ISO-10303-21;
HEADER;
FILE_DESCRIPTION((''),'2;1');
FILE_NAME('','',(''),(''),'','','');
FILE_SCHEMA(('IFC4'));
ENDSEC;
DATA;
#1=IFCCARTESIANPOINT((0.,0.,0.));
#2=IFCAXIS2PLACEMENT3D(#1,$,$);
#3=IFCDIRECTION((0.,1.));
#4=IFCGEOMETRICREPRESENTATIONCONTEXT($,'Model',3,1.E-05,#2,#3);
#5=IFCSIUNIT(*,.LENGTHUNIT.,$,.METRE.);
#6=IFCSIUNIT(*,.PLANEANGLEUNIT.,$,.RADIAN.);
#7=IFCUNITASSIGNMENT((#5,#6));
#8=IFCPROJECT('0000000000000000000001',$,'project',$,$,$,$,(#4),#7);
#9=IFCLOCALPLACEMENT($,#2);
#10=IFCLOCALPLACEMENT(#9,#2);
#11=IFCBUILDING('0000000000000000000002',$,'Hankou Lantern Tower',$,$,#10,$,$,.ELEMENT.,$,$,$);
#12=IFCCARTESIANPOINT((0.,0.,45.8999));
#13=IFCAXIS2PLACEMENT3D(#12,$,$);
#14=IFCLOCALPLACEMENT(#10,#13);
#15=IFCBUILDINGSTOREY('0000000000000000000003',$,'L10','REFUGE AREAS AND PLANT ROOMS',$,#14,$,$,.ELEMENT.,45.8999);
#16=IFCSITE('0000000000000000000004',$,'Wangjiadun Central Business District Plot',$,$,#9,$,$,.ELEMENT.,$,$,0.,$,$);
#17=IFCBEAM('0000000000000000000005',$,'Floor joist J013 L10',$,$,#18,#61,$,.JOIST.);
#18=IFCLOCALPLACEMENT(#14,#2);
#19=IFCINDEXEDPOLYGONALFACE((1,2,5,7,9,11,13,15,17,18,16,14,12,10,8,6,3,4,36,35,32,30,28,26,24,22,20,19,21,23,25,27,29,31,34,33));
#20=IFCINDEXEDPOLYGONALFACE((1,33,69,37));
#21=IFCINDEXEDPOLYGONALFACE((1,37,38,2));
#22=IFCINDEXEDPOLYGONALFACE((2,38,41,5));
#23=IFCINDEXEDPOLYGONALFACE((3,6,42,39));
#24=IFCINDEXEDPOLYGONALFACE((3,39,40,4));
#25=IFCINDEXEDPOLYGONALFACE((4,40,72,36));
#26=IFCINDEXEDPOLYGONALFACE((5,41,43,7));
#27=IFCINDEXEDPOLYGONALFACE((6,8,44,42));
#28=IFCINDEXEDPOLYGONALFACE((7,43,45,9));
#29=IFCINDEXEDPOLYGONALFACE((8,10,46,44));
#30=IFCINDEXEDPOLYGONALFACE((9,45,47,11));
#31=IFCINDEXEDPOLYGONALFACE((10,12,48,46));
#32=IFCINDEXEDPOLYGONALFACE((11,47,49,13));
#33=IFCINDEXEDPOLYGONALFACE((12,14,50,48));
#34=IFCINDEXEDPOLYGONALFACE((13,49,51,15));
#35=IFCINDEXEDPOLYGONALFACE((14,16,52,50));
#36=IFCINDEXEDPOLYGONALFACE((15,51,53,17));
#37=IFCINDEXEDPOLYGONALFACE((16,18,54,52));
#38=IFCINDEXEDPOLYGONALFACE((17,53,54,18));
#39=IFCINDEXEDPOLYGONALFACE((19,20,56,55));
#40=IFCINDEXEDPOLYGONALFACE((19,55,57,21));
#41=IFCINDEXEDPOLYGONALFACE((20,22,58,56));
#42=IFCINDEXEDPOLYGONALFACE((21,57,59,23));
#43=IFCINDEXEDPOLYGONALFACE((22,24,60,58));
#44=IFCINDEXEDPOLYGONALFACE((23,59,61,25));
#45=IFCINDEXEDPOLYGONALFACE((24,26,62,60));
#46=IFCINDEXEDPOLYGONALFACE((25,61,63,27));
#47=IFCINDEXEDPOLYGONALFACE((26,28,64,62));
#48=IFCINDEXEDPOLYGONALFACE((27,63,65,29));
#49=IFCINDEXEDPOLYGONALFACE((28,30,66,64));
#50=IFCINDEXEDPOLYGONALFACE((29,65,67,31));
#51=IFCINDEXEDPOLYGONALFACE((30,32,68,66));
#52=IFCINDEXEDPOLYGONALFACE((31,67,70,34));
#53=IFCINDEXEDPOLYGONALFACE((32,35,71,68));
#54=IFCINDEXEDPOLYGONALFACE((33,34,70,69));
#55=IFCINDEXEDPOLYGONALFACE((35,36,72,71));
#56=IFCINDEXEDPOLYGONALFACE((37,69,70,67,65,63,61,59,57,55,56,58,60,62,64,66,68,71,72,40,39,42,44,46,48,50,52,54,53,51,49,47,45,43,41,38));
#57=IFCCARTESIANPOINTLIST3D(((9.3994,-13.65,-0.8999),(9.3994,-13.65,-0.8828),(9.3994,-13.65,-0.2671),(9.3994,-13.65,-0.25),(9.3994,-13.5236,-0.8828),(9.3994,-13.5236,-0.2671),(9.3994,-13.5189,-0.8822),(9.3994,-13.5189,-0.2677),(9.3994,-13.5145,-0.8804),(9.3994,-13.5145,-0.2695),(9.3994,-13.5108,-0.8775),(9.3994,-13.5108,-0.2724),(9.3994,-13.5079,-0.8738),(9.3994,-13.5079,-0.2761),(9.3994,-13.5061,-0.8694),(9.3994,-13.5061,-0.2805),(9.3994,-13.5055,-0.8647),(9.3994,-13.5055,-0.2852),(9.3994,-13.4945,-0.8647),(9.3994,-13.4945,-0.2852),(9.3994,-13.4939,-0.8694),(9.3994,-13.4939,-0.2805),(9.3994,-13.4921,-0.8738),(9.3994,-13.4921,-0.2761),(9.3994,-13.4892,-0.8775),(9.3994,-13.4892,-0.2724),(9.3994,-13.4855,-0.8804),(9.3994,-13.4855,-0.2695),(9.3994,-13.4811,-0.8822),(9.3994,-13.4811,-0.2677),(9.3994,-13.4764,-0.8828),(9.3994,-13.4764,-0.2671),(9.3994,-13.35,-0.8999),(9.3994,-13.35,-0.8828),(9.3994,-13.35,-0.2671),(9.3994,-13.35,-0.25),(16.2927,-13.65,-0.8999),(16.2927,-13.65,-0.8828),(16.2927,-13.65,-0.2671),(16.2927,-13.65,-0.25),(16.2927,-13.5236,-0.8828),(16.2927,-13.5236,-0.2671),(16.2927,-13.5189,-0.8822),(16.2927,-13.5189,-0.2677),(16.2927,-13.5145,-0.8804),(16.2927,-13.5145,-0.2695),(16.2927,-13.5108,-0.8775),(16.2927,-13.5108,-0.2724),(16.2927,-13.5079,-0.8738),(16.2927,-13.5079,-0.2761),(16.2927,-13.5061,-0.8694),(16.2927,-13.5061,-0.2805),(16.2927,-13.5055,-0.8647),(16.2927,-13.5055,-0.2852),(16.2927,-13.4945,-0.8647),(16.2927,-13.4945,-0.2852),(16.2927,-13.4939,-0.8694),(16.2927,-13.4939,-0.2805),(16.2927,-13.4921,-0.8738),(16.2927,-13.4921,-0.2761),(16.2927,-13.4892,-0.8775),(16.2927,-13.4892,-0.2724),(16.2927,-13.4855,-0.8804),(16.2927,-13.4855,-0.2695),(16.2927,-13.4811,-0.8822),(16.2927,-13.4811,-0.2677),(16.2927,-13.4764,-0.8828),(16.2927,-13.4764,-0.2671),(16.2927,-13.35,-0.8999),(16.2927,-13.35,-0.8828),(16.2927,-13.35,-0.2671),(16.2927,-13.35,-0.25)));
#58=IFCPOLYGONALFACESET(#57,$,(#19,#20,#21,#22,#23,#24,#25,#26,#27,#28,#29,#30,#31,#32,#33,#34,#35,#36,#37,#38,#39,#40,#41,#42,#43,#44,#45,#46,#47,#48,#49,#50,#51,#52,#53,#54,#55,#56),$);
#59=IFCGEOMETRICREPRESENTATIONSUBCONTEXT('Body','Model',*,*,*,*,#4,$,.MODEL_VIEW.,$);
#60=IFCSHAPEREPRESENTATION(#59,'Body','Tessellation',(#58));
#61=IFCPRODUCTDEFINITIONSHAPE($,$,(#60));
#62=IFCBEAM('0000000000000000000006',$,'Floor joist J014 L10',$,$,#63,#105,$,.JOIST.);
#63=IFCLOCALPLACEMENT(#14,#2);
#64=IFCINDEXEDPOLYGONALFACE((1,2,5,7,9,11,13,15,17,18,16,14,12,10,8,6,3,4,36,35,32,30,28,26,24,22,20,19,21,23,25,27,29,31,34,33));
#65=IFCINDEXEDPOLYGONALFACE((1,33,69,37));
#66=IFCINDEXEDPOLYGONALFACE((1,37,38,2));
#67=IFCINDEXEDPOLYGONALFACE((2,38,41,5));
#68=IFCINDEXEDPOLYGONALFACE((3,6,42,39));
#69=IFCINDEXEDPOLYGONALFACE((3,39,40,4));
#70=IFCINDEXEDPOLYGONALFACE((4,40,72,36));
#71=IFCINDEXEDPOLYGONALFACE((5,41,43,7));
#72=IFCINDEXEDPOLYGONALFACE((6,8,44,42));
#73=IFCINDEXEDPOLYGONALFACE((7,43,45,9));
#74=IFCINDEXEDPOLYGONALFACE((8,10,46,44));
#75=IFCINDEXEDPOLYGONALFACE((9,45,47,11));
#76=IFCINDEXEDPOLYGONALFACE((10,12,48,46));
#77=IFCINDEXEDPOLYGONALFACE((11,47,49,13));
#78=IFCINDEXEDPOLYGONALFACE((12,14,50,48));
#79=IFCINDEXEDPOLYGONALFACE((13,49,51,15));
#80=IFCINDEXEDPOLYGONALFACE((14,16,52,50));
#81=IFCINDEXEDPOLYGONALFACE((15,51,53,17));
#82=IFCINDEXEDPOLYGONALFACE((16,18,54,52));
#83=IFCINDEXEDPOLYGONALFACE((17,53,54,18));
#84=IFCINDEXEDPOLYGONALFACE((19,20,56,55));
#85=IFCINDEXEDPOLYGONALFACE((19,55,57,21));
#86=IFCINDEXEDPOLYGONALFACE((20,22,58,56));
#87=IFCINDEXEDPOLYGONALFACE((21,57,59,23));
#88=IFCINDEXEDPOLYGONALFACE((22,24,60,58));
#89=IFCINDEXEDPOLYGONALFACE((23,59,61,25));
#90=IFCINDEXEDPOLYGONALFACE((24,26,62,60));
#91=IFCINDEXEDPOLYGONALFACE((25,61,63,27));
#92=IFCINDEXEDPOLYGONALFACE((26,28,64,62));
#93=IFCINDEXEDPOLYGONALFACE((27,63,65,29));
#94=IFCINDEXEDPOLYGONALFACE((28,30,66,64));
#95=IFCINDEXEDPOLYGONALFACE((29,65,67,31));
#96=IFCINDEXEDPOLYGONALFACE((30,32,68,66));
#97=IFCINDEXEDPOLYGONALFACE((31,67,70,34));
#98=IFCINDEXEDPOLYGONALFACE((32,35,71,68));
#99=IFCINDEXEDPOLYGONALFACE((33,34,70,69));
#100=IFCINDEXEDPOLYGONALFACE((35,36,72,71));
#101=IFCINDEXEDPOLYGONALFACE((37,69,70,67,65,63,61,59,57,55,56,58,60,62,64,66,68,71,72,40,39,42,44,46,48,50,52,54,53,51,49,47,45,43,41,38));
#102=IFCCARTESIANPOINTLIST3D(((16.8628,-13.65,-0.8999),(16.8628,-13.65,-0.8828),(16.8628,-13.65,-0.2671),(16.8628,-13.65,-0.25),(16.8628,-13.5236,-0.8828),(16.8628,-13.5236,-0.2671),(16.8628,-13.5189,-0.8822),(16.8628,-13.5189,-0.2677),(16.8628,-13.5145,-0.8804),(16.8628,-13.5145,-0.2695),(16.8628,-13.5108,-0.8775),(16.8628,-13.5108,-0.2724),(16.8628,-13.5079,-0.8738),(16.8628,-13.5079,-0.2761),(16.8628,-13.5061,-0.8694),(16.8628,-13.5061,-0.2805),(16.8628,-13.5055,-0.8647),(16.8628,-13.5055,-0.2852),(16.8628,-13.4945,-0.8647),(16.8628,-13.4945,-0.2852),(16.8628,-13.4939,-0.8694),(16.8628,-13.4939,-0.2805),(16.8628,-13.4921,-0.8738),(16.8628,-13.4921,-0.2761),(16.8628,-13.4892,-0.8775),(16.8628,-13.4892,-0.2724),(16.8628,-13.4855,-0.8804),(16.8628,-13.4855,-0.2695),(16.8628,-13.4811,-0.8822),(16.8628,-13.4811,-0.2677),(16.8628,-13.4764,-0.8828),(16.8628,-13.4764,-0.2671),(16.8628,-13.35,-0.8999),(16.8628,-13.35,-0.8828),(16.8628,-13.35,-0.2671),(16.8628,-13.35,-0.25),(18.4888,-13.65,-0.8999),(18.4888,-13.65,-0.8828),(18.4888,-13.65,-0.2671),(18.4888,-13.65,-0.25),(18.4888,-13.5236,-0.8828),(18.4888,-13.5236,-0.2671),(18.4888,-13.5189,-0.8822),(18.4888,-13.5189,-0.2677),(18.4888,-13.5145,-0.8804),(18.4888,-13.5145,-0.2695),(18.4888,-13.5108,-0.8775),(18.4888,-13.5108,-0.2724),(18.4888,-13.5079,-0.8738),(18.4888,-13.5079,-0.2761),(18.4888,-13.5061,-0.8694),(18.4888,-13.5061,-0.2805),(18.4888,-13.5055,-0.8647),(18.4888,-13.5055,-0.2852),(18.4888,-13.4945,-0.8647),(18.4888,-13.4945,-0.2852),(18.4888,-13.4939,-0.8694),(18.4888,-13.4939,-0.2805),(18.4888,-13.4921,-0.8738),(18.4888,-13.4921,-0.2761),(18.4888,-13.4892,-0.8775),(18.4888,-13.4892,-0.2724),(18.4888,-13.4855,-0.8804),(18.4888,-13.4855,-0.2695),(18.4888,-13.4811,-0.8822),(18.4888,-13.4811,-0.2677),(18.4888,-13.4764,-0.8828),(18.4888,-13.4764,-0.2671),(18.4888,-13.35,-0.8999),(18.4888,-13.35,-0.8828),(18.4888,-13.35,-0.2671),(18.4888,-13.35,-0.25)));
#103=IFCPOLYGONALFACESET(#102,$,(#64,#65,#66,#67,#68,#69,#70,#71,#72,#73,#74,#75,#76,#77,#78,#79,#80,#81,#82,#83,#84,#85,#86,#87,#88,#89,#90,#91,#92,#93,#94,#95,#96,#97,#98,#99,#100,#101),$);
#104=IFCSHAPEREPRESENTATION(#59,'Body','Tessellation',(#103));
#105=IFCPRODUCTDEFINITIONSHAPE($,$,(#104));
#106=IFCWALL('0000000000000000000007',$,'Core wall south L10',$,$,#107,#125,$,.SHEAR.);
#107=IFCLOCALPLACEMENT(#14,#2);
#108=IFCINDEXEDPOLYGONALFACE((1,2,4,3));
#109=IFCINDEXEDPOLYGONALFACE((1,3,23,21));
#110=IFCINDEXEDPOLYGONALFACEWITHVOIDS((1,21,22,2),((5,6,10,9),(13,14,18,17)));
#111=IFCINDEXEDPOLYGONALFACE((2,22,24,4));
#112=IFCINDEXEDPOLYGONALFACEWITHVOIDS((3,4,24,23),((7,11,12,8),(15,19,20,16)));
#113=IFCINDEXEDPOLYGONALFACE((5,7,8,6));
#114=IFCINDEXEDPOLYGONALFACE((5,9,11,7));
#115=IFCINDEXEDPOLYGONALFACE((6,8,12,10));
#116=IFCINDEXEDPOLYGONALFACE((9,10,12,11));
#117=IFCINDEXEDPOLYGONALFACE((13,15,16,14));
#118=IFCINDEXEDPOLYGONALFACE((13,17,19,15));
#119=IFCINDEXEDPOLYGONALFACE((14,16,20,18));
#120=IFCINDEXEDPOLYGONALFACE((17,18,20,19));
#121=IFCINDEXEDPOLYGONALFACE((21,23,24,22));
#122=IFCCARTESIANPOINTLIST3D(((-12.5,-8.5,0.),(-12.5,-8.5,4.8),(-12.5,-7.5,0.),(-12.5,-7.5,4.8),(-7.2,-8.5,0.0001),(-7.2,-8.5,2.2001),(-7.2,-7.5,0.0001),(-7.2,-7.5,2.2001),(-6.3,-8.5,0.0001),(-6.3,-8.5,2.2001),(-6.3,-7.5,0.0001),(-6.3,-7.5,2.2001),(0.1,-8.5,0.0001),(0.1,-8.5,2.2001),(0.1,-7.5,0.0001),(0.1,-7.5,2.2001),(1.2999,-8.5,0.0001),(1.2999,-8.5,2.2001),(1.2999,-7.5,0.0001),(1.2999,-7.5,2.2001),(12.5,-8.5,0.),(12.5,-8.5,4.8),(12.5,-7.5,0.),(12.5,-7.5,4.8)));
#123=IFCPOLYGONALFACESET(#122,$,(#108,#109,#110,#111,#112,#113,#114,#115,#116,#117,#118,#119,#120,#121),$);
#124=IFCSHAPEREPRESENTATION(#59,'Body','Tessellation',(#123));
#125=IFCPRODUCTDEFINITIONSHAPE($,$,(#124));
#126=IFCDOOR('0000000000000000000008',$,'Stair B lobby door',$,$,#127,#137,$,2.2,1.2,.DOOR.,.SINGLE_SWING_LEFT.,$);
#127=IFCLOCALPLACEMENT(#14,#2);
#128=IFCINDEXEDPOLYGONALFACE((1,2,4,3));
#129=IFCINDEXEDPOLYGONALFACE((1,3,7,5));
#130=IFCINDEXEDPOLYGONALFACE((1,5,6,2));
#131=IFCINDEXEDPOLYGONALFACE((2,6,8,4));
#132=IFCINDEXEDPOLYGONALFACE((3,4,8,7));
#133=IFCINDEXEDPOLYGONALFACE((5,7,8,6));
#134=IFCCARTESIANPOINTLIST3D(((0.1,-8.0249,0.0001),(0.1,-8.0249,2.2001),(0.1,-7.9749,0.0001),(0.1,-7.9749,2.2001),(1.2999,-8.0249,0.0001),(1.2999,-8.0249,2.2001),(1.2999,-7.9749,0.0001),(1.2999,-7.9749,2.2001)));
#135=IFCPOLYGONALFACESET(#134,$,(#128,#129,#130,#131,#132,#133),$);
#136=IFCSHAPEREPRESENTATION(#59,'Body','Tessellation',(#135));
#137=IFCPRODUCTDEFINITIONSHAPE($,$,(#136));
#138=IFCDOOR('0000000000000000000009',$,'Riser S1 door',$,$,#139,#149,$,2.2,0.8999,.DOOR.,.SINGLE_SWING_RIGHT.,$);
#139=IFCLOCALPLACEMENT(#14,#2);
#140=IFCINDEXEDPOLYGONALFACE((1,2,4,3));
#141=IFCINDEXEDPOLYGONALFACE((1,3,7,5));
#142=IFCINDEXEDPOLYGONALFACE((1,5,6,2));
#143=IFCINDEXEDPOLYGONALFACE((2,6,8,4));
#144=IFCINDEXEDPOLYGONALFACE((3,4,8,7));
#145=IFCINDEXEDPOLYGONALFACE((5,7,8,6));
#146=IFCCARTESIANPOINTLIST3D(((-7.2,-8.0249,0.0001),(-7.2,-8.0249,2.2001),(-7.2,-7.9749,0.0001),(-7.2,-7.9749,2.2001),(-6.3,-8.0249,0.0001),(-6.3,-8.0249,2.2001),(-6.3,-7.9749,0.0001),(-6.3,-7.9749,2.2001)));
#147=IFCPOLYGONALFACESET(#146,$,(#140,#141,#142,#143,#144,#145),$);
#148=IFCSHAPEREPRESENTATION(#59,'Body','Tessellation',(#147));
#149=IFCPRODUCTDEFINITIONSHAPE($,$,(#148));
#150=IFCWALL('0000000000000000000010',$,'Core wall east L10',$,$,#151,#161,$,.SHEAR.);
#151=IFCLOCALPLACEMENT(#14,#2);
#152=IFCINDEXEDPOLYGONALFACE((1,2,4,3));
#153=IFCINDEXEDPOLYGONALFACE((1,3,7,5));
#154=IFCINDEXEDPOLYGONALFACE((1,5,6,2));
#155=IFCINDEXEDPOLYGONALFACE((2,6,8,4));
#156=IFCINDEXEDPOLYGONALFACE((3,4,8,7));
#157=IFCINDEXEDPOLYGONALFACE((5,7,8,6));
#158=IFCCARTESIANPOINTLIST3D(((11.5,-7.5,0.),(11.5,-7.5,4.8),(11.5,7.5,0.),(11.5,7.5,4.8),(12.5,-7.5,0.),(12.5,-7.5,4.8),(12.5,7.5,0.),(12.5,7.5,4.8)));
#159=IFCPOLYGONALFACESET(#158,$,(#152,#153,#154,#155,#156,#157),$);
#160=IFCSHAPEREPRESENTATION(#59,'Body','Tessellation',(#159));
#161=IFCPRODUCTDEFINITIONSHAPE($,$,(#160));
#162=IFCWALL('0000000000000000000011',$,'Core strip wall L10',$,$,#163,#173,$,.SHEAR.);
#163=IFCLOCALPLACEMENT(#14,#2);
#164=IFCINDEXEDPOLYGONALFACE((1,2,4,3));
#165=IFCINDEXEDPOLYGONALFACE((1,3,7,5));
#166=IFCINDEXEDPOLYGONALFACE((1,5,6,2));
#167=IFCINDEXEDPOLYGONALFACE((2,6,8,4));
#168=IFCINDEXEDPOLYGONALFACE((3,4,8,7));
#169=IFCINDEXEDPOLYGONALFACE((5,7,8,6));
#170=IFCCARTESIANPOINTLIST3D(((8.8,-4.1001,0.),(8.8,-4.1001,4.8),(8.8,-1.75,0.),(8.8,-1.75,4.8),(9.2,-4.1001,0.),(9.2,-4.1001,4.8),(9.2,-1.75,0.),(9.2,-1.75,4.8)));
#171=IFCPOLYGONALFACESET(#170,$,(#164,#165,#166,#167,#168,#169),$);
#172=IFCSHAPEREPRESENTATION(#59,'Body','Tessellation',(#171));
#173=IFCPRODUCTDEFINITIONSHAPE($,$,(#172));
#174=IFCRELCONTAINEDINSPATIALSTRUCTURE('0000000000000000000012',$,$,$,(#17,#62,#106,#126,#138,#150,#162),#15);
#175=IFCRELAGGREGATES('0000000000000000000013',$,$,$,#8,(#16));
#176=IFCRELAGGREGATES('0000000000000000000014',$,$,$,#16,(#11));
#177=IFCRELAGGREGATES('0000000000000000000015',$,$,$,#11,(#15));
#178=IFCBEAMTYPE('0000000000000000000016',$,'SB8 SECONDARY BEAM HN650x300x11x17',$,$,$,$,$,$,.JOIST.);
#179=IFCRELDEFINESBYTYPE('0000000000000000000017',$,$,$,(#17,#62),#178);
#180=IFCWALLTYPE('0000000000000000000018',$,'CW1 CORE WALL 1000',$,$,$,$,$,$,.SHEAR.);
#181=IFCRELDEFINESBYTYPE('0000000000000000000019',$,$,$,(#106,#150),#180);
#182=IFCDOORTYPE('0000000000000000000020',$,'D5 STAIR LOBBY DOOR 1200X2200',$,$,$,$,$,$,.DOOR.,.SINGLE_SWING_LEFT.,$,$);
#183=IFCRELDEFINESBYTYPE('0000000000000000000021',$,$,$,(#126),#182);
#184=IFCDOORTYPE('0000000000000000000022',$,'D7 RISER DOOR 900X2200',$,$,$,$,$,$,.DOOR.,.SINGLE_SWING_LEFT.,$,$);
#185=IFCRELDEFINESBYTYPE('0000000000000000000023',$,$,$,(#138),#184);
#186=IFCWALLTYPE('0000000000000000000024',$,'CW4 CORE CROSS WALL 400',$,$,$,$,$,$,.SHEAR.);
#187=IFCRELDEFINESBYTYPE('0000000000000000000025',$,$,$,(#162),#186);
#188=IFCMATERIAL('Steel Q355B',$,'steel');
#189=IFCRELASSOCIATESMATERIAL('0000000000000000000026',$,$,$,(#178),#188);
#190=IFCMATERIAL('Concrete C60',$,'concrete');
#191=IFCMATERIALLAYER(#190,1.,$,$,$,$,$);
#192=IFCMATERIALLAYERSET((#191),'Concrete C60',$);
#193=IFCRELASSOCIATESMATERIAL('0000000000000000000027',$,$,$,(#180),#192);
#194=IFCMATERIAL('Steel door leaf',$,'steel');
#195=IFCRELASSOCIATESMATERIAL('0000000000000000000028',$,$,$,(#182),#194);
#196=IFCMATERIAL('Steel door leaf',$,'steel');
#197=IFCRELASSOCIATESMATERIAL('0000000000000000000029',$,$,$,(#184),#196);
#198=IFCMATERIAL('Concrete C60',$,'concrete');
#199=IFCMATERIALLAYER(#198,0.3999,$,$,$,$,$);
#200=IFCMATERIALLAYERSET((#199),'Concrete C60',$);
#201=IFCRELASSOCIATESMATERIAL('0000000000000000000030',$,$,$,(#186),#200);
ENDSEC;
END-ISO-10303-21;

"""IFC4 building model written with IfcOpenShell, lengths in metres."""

from ifc_helpers import new_model, si_unit, direction, frame, frame_2d, origin, origin_2d, place, context, subcontext, project, spatial, rectangle, i_section, extrude, material, layer, layer_set, material_profile, profile_set, type_object, element, fill, save


model = new_model("IFC4")

# Units and contexts
model_context = context("Model", 3, precision=1e-05, world=origin(), true_north=direction((0.0, 1.0)))
body_context = subcontext(model_context, "Body", "Model", "MODEL_VIEW")
ifc_project = project(units=[si_unit("LENGTHUNIT", "METRE"), si_unit("PLANEANGLEUNIT", "RADIAN")], contexts=[model_context])

# Site, building, storey
site_placement = place(None, origin())
site = spatial("IfcSite", under=ifc_project, at=site_placement, Name="Wangjiadun Central Business District Plot", CompositionType="ELEMENT", RefElevation=0.0)
building_placement = place(site_placement, origin())
building = spatial("IfcBuilding", under=site, at=building_placement, Name="Hankou Lantern Tower", CompositionType="ELEMENT")
storey_placement = place(building_placement, frame((0.0, 0.0, 45.8999)))
storey = spatial("IfcBuildingStorey", under=building, at=storey_placement, Name="L10", Description="REFUGE AREAS AND PLANT ROOMS", CompositionType="ELEMENT", Elevation=45.8999)

# Beams
ifc_material_1 = material(Name="Steel Q355B", Category="steel")
ifc_material_profile_1 = material_profile(ifc_material_1, i_section(OverallWidth=0.3, OverallDepth=0.6499, WebThickness=0.011, FlangeThickness=0.0171, FilletRadius=0.0181, at=origin_2d()), Name="HN650x300x11x17")
ifc_profile_set_1 = profile_set([ifc_material_profile_1], Name="Steel Q355B")
beam_type_1 = type_object("IfcBeamType", Name="SB8 SECONDARY BEAM HN650x300x11x17", PredefinedType="JOIST", material=ifc_profile_set_1)
beam_1_placement = place(storey_placement, frame((9.3994, -13.5, -0.575), z_axis=(1.0, 0.0, 0.0), x_axis=(0.0, 1.0, 0.0)))
element("IfcBeam", 1, at=beam_1_placement, inside=storey, type_object=beam_type_1, Name="Floor joist J013 L10", PredefinedType="JOIST", context=body_context, shape_type="SweptSolid", body=[
    extrude(i_section(OverallWidth=0.3, OverallDepth=0.6499, WebThickness=0.011, FlangeThickness=0.0171, FilletRadius=0.0181, at=origin_2d()), origin(), (0.0, 0.0, 1.0), 6.8933),
])
beam_2_placement = place(storey_placement, frame((16.8628, -13.5, -0.575), z_axis=(1.0, 0.0, 0.0), x_axis=(0.0, 1.0, 0.0)))
element("IfcBeam", 2, at=beam_2_placement, inside=storey, type_object=beam_type_1, Name="Floor joist J014 L10", PredefinedType="JOIST", context=body_context, shape_type="SweptSolid", body=[
    extrude(i_section(OverallWidth=0.3, OverallDepth=0.6499, WebThickness=0.011, FlangeThickness=0.0171, FilletRadius=0.0181, at=origin_2d()), origin(), (0.0, 0.0, 1.0), 1.626),
])

# Wall, openings, doors
ifc_material_2 = material(Name="Concrete C60", Category="concrete")
ifc_layer_1 = layer(ifc_material_2, 1.0)
ifc_layer_set_1 = layer_set([ifc_layer_1], Name="Concrete C60")
wall_type_1 = type_object("IfcWallType", Name="CW1 CORE WALL 1000", PredefinedType="SHEAR", material=ifc_layer_set_1)
wall_1_placement = place(storey_placement, frame((12.5, -8.0, 0.0), z_axis=(0.0, 0.0, 1.0), x_axis=(-1.0, 0.0, 0.0)))
wall_1 = element("IfcWall", 3, at=wall_1_placement, inside=storey, type_object=wall_type_1, Name="Core wall south L10", PredefinedType="SHEAR", context=body_context, shape_type="SweptSolid", body=[
    extrude(rectangle(XDim=25.0, YDim=1.0, at=frame_2d((12.5, 0.0))), origin(), (0.0, 0.0, 1.0), 4.8),
])
opening_1_placement = place(wall_1_placement, frame((11.2, 0.0, 0.0)))
opening_1 = element("IfcOpeningElement", 4, at=opening_1_placement, cuts=wall_1, PredefinedType="OPENING", context=body_context, shape_type="SweptSolid", body=[
    extrude(rectangle(XDim=1.2, YDim=2.2, at=frame_2d((0.6001, 1.1001))), frame((0.0, 0.51, 0.0), z_axis=(0.0, -1.0, 0.0), x_axis=(1.0, 0.0, 0.0)), (0.0, 0.0, 1.0), 1.02),
])
opening_2_placement = place(wall_1_placement, frame((18.8, 0.0, 0.0)))
opening_2 = element("IfcOpeningElement", 5, at=opening_2_placement, cuts=wall_1, PredefinedType="OPENING", context=body_context, shape_type="SweptSolid", body=[
    extrude(rectangle(XDim=0.8999, YDim=2.2, at=frame_2d((0.45, 1.1001))), frame((0.0, 0.51, 0.0), z_axis=(0.0, -1.0, 0.0), x_axis=(1.0, 0.0, 0.0)), (0.0, 0.0, 1.0), 1.02),
])
ifc_material_3 = material(Name="Steel door leaf", Category="steel")
door_type_1 = type_object("IfcDoorType", Name="D5 STAIR LOBBY DOOR 1200X2200", OperationType="SINGLE_SWING_LEFT", PredefinedType="DOOR", material=ifc_material_3)
door_1_placement = place(opening_1_placement, origin())
door_1 = element("IfcDoor", 6, at=door_1_placement, inside=storey, type_object=door_type_1, Name="Stair B lobby door", OperationType="SINGLE_SWING_LEFT", OverallHeight=2.2, OverallWidth=1.2, PredefinedType="DOOR", context=body_context, shape_type="SweptSolid", body=[
    extrude(rectangle(XDim=1.2, YDim=2.2, at=frame_2d((0.6001, 1.1001))), frame((0.0, 0.0249, 0.0), z_axis=(0.0, -1.0, 0.0), x_axis=(1.0, 0.0, 0.0)), (0.0, 0.0, 1.0), 0.05),
])
fill(opening_1, door_1)
ifc_material_4 = material(Name="Steel door leaf", Category="steel")
door_type_2 = type_object("IfcDoorType", Name="D7 RISER DOOR 900X2200", OperationType="SINGLE_SWING_LEFT", PredefinedType="DOOR", material=ifc_material_4)
door_2_placement = place(opening_2_placement, origin())
door_2 = element("IfcDoor", 7, at=door_2_placement, inside=storey, type_object=door_type_2, Name="Riser S1 door", OperationType="SINGLE_SWING_RIGHT", OverallHeight=2.2, OverallWidth=0.8999, PredefinedType="DOOR", context=body_context, shape_type="SweptSolid", body=[
    extrude(rectangle(XDim=0.8999, YDim=2.2, at=frame_2d((0.45, 1.1001))), frame((0.0, 0.0249, 0.0), z_axis=(0.0, -1.0, 0.0), x_axis=(1.0, 0.0, 0.0)), (0.0, 0.0, 1.0), 0.05),
])
fill(opening_2, door_2)

# Walls
wall_2_placement = place(storey_placement, frame((12.0, -7.5, 0.0), z_axis=(0.0, 0.0, 1.0), x_axis=(0.0, 1.0, 0.0)))
element("IfcWall", 8, at=wall_2_placement, inside=storey, type_object=wall_type_1, Name="Core wall east L10", PredefinedType="SHEAR", context=body_context, shape_type="SweptSolid", body=[
    extrude(rectangle(XDim=15.0, YDim=1.0, at=frame_2d((7.5, 0.0))), origin(), (0.0, 0.0, 1.0), 4.8),
])
ifc_material_5 = material(Name="Concrete C60", Category="concrete")
ifc_layer_2 = layer(ifc_material_5, 0.3999)
ifc_layer_set_2 = layer_set([ifc_layer_2], Name="Concrete C60")
wall_type_2 = type_object("IfcWallType", Name="CW4 CORE CROSS WALL 400", PredefinedType="SHEAR", material=ifc_layer_set_2)
wall_3_placement = place(storey_placement, frame((9.0, -4.1001, 0.0), z_axis=(0.0, 0.0, 1.0), x_axis=(0.0, 1.0, 0.0)))
element("IfcWall", 9, at=wall_3_placement, inside=storey, type_object=wall_type_2, Name="Core strip wall L10", PredefinedType="SHEAR", context=body_context, shape_type="SweptSolid", body=[
    extrude(rectangle(XDim=2.3501, YDim=0.3999, at=frame_2d((1.175, 0.0))), origin(), (0.0, 0.0, 1.0), 4.8),
])

save(model, "model.ifc")
